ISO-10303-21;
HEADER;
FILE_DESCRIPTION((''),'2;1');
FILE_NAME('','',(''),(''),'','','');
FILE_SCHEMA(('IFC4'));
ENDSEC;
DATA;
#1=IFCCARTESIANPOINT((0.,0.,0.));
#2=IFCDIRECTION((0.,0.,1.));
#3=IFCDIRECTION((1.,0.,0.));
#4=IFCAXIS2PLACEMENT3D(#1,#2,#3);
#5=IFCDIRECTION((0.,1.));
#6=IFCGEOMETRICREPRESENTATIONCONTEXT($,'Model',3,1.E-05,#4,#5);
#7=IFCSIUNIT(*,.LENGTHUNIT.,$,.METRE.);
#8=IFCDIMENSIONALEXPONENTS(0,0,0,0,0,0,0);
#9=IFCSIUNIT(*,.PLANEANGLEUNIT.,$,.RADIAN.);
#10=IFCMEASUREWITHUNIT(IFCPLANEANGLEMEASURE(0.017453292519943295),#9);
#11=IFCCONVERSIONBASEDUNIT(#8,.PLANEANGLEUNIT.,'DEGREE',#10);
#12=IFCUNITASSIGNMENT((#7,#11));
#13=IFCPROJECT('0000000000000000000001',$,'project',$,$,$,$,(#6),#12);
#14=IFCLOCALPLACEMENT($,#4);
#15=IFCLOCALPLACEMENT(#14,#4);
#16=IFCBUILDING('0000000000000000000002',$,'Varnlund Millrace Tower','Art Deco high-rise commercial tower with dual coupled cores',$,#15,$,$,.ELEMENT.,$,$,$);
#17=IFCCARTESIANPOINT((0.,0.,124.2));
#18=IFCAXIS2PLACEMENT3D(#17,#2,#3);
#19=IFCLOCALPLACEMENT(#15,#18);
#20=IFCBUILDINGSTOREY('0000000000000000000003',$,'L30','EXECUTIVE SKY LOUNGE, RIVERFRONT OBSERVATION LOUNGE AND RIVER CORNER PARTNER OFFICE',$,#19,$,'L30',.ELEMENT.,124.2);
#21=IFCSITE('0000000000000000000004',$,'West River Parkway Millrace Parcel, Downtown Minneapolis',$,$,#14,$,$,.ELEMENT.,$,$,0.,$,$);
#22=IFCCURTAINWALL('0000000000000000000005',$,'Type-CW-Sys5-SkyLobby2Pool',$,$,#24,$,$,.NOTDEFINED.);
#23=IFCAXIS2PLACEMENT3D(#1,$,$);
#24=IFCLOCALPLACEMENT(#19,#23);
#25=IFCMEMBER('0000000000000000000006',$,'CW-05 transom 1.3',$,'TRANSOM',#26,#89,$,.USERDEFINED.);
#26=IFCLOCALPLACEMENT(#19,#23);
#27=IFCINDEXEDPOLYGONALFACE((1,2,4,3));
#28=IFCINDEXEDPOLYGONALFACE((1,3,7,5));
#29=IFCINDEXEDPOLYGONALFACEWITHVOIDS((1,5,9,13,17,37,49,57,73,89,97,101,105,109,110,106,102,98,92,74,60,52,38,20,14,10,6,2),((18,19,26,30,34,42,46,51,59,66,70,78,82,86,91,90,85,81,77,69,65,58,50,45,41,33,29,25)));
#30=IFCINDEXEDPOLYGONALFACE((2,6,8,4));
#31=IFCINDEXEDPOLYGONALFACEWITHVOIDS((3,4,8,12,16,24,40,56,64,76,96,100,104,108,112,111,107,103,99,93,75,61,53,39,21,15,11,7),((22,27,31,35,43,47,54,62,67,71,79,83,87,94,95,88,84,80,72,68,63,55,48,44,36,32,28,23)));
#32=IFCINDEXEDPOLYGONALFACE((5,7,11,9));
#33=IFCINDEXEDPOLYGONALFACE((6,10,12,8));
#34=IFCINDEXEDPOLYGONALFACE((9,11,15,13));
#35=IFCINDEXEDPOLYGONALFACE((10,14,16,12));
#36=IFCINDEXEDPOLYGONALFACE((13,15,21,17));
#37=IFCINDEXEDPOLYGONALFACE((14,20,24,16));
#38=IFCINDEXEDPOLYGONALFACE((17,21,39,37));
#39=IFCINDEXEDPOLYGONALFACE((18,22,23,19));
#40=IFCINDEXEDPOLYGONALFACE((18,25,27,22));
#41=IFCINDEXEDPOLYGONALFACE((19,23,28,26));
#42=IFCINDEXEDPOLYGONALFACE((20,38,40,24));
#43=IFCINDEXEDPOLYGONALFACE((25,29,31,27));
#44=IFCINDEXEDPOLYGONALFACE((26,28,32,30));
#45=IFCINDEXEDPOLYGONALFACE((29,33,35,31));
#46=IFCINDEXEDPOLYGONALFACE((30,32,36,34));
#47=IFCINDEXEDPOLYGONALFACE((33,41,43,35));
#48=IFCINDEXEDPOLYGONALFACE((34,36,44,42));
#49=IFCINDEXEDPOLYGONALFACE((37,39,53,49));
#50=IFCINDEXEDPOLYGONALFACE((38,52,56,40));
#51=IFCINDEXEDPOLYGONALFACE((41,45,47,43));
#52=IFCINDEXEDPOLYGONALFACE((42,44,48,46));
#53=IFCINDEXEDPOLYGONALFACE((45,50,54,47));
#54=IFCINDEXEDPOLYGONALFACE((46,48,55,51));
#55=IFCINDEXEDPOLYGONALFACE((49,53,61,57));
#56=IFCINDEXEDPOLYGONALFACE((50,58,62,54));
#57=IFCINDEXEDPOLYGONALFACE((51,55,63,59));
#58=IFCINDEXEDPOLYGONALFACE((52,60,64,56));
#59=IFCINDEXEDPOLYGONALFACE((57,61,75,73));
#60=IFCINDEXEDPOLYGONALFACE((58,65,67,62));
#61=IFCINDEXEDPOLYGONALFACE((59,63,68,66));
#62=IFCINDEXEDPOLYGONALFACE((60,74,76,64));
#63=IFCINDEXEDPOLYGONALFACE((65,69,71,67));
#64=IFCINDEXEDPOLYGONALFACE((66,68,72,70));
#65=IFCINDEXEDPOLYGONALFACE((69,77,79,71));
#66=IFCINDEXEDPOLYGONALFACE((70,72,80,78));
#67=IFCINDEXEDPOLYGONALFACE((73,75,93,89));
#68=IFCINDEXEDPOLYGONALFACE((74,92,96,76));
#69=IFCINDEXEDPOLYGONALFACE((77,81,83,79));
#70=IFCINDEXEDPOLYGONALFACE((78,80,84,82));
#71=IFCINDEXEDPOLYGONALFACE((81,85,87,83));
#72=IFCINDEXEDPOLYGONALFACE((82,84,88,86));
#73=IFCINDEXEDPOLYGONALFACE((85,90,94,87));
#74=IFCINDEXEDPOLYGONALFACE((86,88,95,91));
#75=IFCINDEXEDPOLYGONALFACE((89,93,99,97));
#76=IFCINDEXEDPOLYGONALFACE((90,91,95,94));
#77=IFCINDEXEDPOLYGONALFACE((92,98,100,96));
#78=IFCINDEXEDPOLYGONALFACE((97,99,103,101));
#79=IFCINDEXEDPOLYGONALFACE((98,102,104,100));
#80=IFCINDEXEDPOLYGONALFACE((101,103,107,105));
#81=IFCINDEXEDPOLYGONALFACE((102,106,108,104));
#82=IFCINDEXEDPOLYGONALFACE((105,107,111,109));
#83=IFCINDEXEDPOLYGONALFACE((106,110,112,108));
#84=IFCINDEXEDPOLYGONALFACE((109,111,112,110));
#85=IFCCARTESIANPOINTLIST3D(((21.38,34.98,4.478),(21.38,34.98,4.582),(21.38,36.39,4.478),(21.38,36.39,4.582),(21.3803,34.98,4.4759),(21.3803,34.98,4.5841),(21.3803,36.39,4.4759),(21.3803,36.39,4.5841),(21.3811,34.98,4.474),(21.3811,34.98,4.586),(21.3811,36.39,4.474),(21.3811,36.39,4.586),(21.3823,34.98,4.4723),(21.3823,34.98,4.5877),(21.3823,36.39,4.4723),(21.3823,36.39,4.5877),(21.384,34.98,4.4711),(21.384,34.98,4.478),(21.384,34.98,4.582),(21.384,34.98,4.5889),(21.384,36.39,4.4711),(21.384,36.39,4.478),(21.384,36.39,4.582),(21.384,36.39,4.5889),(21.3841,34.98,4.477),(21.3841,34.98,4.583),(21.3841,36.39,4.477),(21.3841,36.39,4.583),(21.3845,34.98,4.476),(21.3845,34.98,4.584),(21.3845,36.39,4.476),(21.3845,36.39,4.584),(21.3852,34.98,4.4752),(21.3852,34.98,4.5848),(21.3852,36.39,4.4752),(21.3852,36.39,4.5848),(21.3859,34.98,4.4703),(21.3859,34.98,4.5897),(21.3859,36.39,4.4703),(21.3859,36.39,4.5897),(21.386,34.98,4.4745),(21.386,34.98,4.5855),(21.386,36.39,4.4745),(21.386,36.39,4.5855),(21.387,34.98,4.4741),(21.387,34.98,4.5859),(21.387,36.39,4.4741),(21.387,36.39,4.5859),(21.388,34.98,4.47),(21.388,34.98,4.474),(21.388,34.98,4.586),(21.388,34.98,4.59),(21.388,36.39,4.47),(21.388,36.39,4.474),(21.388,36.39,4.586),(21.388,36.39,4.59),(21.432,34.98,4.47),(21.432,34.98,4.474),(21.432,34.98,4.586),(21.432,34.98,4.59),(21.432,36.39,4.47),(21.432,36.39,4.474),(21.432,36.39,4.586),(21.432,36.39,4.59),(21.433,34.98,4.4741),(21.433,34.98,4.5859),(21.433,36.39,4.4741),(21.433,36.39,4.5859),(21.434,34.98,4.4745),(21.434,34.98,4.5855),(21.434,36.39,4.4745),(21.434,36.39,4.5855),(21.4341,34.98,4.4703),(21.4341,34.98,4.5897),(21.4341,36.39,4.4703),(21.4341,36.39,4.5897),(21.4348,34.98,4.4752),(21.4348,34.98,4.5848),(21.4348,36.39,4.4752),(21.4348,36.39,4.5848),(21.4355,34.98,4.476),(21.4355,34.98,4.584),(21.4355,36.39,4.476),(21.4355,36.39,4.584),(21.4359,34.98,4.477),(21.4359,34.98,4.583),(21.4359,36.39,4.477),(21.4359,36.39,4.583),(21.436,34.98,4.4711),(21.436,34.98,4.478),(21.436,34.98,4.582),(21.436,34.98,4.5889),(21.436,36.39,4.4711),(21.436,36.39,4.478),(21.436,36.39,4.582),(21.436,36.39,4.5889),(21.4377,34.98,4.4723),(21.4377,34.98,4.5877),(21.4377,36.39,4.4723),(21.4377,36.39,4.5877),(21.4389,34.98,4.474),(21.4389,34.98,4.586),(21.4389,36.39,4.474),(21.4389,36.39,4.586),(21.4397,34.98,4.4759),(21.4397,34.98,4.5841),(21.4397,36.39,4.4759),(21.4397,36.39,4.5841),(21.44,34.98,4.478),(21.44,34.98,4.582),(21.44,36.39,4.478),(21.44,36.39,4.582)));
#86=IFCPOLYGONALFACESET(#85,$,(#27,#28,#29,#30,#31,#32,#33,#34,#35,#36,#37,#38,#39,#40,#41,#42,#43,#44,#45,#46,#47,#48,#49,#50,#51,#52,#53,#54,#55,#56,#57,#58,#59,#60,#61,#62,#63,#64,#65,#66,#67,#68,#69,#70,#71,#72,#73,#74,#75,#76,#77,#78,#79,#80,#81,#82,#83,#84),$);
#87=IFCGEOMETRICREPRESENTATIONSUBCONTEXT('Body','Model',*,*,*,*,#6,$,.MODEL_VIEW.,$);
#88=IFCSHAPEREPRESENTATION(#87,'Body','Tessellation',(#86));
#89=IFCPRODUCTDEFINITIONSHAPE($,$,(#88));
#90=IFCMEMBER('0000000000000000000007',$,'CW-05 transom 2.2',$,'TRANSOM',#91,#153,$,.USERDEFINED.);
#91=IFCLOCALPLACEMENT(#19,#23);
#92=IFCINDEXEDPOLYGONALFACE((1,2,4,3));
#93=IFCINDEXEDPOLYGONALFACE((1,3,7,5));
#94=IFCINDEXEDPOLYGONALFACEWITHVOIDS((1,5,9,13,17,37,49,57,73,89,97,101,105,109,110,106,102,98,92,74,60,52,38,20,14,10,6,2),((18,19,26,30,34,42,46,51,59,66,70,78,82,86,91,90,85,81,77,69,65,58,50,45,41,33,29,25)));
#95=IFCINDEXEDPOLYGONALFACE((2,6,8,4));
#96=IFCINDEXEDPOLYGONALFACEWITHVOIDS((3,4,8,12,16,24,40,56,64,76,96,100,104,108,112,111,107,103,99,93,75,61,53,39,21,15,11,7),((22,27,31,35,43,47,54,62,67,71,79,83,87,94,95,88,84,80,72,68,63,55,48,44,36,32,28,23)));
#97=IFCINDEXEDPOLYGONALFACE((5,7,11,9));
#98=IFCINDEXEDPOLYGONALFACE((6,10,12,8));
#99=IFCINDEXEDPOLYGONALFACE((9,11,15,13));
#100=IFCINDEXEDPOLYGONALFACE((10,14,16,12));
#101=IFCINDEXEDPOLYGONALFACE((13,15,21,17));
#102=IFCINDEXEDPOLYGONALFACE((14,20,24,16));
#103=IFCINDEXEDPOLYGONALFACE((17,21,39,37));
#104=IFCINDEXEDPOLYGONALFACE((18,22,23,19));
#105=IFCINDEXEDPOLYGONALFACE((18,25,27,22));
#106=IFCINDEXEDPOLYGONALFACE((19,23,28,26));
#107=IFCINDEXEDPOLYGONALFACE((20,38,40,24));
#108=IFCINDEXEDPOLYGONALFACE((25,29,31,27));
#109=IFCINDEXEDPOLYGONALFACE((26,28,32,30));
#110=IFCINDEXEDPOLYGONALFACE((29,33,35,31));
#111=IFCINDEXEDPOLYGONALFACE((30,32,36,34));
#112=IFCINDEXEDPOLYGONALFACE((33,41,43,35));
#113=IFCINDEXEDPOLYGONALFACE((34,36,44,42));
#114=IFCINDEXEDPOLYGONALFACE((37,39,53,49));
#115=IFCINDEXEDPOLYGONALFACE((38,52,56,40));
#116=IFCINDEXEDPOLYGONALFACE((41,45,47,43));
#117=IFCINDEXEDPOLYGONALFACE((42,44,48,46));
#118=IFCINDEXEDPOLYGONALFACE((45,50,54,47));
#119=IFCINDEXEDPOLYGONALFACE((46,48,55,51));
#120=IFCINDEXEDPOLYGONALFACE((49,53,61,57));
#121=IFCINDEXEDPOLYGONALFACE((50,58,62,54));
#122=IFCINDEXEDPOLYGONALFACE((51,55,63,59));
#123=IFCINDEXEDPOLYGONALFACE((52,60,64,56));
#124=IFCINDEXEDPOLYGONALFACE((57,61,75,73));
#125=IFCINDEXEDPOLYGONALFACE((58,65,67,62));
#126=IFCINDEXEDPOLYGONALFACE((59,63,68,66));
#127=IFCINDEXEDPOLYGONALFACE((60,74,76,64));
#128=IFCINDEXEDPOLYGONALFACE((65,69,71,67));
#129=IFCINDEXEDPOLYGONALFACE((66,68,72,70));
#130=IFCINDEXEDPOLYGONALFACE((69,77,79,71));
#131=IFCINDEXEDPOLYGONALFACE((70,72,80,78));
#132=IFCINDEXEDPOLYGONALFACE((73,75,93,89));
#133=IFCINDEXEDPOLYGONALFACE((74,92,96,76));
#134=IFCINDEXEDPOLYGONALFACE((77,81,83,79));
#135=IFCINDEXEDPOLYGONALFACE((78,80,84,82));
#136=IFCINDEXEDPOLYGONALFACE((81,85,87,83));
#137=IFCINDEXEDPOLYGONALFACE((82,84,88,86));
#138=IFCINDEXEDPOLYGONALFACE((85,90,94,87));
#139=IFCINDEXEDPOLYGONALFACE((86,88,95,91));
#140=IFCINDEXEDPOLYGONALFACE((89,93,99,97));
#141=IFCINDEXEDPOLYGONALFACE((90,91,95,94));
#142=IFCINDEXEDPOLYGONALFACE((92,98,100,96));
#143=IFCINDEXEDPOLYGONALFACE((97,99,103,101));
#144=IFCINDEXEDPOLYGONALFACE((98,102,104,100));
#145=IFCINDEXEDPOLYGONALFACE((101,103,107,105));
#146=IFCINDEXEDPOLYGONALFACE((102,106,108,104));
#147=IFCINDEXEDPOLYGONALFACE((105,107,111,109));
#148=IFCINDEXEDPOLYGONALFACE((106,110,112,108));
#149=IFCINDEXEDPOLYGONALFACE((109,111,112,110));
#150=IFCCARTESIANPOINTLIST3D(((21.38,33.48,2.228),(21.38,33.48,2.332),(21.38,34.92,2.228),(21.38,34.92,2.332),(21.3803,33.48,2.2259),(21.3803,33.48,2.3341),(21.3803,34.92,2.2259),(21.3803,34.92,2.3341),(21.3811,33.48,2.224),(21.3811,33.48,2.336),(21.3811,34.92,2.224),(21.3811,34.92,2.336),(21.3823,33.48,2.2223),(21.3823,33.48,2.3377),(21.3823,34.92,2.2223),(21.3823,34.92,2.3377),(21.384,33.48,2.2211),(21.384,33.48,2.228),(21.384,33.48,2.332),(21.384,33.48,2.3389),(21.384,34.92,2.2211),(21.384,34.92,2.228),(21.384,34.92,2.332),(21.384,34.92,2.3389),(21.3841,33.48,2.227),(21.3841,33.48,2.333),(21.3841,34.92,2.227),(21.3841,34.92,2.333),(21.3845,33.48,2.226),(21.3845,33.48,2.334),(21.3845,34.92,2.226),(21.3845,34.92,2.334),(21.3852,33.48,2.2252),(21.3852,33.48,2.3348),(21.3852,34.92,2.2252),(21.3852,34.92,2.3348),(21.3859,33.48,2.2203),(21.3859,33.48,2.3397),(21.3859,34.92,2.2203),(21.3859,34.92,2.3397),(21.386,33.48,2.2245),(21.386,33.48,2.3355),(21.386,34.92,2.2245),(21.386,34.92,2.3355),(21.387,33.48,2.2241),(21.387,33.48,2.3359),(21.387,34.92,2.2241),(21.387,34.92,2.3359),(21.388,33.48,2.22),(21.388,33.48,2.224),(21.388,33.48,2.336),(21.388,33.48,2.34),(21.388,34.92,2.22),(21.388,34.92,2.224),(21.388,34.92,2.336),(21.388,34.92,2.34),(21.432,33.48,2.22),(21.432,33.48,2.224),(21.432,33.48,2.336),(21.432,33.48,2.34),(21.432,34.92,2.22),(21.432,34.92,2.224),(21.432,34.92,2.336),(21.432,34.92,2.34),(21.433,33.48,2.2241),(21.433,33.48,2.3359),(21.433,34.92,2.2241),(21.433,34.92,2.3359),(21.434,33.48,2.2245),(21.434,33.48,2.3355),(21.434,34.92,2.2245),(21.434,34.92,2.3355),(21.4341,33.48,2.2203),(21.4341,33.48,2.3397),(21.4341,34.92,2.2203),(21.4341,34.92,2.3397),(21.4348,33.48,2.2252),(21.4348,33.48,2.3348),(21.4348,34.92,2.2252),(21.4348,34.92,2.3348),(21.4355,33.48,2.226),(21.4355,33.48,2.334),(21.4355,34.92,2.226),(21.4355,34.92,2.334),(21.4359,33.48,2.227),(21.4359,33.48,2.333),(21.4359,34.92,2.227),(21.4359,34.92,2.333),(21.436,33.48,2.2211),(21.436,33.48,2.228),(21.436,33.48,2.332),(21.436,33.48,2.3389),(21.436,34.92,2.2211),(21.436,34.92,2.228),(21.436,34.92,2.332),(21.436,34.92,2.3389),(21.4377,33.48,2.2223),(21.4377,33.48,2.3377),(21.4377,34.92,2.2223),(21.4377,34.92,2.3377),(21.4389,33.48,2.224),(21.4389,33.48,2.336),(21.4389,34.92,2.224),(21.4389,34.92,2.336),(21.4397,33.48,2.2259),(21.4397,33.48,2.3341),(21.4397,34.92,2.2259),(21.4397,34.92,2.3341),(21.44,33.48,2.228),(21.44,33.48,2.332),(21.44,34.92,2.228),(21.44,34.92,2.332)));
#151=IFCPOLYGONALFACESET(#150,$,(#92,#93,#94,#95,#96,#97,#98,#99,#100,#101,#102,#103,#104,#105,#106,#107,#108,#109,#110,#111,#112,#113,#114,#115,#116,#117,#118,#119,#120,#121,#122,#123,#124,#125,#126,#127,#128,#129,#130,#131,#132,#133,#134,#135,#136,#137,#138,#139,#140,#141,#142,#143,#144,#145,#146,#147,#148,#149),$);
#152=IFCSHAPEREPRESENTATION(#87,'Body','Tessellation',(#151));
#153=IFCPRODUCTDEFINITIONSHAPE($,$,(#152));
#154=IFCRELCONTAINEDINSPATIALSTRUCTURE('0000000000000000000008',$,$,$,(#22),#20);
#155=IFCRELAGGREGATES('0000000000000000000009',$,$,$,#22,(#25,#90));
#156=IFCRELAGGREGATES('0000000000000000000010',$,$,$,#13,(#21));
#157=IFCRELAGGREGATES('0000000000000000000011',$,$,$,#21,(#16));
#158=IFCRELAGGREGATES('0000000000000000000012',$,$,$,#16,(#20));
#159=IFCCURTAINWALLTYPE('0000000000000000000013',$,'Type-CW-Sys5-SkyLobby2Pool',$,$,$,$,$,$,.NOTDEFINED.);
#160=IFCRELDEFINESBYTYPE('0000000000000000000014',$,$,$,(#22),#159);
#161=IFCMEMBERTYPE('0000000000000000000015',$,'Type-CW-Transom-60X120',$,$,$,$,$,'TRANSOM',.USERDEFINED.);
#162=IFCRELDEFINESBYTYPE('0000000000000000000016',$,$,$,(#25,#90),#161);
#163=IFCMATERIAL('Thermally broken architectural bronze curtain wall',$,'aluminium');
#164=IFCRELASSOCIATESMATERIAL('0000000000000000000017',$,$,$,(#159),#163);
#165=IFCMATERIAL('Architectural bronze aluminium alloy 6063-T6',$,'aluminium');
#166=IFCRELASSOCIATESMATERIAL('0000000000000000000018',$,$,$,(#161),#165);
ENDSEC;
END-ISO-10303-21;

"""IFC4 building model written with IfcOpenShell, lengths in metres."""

from ifc_helpers import new_model, entity, si_unit, converted_unit, direction, frame, origin_with_axes, origin_2d_with_axis, place, context, subcontext, project, spatial, hollow_rectangle, extrude, material, material_profile, profile_set, type_object, element, aggregate, save


model = new_model("IFC4")

# Units and contexts
model_context = context("Model", 3, precision=1e-05, world=origin_with_axes(), true_north=direction((0.0, 1.0)))
body_context = subcontext(model_context, "Body", "Model", "MODEL_VIEW")
ifc_project = project(units=[si_unit("LENGTHUNIT", "METRE"), converted_unit("PLANEANGLEUNIT", "DEGREE", entity("IfcPlaneAngleMeasure", 0.017453292519943295), si_unit("PLANEANGLEUNIT", "RADIAN"), dimensions=[0, 0, 0, 0, 0, 0, 0])], contexts=[model_context])

# Site, building, storey
site_placement = place(None, origin_with_axes())
site = spatial("IfcSite", under=ifc_project, at=site_placement, Name="West River Parkway Millrace Parcel, Downtown Minneapolis", CompositionType="ELEMENT", RefElevation=0.0)
building_placement = place(site_placement, origin_with_axes())
building = spatial("IfcBuilding", under=site, at=building_placement, Name="Varnlund Millrace Tower", Description="Art Deco high-rise commercial tower with dual coupled cores", CompositionType="ELEMENT")
storey_placement = place(building_placement, frame((0.0, 0.0, 124.2), z_axis=(0.0, 0.0, 1.0), x_axis=(1.0, 0.0, 0.0)))
storey = spatial("IfcBuildingStorey", under=building, at=storey_placement, Name="L30", Description="EXECUTIVE SKY LOUNGE, RIVERFRONT OBSERVATION LOUNGE AND RIVER CORNER PARTNER OFFICE", LongName="L30", CompositionType="ELEMENT", Elevation=124.2)

# Curtain wall, members
ifc_material_1 = material(Name="Thermally broken architectural bronze curtain wall", Category="aluminium")
curtain_wall_type = type_object("IfcCurtainWallType", Name="Type-CW-Sys5-SkyLobby2Pool", PredefinedType="NOTDEFINED", material=ifc_material_1)
curtain_wall_placement = place(storey_placement, frame((21.41, 36.45, 0.0), z_axis=(0.0, 0.0, 1.0), x_axis=(1.0, 0.0, 0.0)))
curtain_wall = element("IfcCurtainWall", 1, at=curtain_wall_placement, inside=storey, type_object=curtain_wall_type, Name="Type-CW-Sys5-SkyLobby2Pool", PredefinedType="NOTDEFINED")
ifc_material_2 = material(Name="Architectural bronze aluminium alloy 6063-T6", Category="aluminium")
ifc_material_profile_1 = material_profile(ifc_material_2, hollow_rectangle(XDim=0.06, YDim=0.12, WallThickness=0.004, InnerFilletRadius=0.004, OuterFilletRadius=0.008, at=origin_2d_with_axis()), Name="Architectural bronze aluminium alloy 6063-T6")
ifc_profile_set_1 = profile_set([ifc_material_profile_1], Name="Architectural bronze aluminium alloy 6063-T6")
member_type_1 = type_object("IfcMemberType", Name="Type-CW-Transom-60X120", ElementType="TRANSOM", PredefinedType="USERDEFINED", material=ifc_profile_set_1)
member_1_placement = place(storey_placement, frame((21.41, 36.39, 4.53), z_axis=(0.0, -1.0, 0.0), x_axis=(1.0, 0.0, 0.0)))
member_1 = element("IfcMember", 2, at=member_1_placement, type_object=member_type_1, Name="CW-05 transom 1.3", ObjectType="TRANSOM", PredefinedType="USERDEFINED", context=body_context, shape_type="SweptSolid", body=[
    extrude(hollow_rectangle(XDim=0.06, YDim=0.12, WallThickness=0.004, InnerFilletRadius=0.004, OuterFilletRadius=0.008, at=origin_2d_with_axis()), origin_with_axes(), (0.0, 0.0, 1.0), 1.41),
])
member_2_placement = place(storey_placement, frame((21.41, 34.92, 2.28), z_axis=(0.0, -1.0, 0.0), x_axis=(1.0, 0.0, 0.0)))
member_2 = element("IfcMember", 3, at=member_2_placement, type_object=member_type_1, Name="CW-05 transom 2.2", ObjectType="TRANSOM", PredefinedType="USERDEFINED", context=body_context, shape_type="SweptSolid", body=[
    extrude(hollow_rectangle(XDim=0.06, YDim=0.12, WallThickness=0.004, InnerFilletRadius=0.004, OuterFilletRadius=0.008, at=origin_2d_with_axis()), origin_with_axes(), (0.0, 0.0, 1.0), 1.44),
])

aggregate(curtain_wall, [member_1, member_2])

save(model, "model.ifc")
